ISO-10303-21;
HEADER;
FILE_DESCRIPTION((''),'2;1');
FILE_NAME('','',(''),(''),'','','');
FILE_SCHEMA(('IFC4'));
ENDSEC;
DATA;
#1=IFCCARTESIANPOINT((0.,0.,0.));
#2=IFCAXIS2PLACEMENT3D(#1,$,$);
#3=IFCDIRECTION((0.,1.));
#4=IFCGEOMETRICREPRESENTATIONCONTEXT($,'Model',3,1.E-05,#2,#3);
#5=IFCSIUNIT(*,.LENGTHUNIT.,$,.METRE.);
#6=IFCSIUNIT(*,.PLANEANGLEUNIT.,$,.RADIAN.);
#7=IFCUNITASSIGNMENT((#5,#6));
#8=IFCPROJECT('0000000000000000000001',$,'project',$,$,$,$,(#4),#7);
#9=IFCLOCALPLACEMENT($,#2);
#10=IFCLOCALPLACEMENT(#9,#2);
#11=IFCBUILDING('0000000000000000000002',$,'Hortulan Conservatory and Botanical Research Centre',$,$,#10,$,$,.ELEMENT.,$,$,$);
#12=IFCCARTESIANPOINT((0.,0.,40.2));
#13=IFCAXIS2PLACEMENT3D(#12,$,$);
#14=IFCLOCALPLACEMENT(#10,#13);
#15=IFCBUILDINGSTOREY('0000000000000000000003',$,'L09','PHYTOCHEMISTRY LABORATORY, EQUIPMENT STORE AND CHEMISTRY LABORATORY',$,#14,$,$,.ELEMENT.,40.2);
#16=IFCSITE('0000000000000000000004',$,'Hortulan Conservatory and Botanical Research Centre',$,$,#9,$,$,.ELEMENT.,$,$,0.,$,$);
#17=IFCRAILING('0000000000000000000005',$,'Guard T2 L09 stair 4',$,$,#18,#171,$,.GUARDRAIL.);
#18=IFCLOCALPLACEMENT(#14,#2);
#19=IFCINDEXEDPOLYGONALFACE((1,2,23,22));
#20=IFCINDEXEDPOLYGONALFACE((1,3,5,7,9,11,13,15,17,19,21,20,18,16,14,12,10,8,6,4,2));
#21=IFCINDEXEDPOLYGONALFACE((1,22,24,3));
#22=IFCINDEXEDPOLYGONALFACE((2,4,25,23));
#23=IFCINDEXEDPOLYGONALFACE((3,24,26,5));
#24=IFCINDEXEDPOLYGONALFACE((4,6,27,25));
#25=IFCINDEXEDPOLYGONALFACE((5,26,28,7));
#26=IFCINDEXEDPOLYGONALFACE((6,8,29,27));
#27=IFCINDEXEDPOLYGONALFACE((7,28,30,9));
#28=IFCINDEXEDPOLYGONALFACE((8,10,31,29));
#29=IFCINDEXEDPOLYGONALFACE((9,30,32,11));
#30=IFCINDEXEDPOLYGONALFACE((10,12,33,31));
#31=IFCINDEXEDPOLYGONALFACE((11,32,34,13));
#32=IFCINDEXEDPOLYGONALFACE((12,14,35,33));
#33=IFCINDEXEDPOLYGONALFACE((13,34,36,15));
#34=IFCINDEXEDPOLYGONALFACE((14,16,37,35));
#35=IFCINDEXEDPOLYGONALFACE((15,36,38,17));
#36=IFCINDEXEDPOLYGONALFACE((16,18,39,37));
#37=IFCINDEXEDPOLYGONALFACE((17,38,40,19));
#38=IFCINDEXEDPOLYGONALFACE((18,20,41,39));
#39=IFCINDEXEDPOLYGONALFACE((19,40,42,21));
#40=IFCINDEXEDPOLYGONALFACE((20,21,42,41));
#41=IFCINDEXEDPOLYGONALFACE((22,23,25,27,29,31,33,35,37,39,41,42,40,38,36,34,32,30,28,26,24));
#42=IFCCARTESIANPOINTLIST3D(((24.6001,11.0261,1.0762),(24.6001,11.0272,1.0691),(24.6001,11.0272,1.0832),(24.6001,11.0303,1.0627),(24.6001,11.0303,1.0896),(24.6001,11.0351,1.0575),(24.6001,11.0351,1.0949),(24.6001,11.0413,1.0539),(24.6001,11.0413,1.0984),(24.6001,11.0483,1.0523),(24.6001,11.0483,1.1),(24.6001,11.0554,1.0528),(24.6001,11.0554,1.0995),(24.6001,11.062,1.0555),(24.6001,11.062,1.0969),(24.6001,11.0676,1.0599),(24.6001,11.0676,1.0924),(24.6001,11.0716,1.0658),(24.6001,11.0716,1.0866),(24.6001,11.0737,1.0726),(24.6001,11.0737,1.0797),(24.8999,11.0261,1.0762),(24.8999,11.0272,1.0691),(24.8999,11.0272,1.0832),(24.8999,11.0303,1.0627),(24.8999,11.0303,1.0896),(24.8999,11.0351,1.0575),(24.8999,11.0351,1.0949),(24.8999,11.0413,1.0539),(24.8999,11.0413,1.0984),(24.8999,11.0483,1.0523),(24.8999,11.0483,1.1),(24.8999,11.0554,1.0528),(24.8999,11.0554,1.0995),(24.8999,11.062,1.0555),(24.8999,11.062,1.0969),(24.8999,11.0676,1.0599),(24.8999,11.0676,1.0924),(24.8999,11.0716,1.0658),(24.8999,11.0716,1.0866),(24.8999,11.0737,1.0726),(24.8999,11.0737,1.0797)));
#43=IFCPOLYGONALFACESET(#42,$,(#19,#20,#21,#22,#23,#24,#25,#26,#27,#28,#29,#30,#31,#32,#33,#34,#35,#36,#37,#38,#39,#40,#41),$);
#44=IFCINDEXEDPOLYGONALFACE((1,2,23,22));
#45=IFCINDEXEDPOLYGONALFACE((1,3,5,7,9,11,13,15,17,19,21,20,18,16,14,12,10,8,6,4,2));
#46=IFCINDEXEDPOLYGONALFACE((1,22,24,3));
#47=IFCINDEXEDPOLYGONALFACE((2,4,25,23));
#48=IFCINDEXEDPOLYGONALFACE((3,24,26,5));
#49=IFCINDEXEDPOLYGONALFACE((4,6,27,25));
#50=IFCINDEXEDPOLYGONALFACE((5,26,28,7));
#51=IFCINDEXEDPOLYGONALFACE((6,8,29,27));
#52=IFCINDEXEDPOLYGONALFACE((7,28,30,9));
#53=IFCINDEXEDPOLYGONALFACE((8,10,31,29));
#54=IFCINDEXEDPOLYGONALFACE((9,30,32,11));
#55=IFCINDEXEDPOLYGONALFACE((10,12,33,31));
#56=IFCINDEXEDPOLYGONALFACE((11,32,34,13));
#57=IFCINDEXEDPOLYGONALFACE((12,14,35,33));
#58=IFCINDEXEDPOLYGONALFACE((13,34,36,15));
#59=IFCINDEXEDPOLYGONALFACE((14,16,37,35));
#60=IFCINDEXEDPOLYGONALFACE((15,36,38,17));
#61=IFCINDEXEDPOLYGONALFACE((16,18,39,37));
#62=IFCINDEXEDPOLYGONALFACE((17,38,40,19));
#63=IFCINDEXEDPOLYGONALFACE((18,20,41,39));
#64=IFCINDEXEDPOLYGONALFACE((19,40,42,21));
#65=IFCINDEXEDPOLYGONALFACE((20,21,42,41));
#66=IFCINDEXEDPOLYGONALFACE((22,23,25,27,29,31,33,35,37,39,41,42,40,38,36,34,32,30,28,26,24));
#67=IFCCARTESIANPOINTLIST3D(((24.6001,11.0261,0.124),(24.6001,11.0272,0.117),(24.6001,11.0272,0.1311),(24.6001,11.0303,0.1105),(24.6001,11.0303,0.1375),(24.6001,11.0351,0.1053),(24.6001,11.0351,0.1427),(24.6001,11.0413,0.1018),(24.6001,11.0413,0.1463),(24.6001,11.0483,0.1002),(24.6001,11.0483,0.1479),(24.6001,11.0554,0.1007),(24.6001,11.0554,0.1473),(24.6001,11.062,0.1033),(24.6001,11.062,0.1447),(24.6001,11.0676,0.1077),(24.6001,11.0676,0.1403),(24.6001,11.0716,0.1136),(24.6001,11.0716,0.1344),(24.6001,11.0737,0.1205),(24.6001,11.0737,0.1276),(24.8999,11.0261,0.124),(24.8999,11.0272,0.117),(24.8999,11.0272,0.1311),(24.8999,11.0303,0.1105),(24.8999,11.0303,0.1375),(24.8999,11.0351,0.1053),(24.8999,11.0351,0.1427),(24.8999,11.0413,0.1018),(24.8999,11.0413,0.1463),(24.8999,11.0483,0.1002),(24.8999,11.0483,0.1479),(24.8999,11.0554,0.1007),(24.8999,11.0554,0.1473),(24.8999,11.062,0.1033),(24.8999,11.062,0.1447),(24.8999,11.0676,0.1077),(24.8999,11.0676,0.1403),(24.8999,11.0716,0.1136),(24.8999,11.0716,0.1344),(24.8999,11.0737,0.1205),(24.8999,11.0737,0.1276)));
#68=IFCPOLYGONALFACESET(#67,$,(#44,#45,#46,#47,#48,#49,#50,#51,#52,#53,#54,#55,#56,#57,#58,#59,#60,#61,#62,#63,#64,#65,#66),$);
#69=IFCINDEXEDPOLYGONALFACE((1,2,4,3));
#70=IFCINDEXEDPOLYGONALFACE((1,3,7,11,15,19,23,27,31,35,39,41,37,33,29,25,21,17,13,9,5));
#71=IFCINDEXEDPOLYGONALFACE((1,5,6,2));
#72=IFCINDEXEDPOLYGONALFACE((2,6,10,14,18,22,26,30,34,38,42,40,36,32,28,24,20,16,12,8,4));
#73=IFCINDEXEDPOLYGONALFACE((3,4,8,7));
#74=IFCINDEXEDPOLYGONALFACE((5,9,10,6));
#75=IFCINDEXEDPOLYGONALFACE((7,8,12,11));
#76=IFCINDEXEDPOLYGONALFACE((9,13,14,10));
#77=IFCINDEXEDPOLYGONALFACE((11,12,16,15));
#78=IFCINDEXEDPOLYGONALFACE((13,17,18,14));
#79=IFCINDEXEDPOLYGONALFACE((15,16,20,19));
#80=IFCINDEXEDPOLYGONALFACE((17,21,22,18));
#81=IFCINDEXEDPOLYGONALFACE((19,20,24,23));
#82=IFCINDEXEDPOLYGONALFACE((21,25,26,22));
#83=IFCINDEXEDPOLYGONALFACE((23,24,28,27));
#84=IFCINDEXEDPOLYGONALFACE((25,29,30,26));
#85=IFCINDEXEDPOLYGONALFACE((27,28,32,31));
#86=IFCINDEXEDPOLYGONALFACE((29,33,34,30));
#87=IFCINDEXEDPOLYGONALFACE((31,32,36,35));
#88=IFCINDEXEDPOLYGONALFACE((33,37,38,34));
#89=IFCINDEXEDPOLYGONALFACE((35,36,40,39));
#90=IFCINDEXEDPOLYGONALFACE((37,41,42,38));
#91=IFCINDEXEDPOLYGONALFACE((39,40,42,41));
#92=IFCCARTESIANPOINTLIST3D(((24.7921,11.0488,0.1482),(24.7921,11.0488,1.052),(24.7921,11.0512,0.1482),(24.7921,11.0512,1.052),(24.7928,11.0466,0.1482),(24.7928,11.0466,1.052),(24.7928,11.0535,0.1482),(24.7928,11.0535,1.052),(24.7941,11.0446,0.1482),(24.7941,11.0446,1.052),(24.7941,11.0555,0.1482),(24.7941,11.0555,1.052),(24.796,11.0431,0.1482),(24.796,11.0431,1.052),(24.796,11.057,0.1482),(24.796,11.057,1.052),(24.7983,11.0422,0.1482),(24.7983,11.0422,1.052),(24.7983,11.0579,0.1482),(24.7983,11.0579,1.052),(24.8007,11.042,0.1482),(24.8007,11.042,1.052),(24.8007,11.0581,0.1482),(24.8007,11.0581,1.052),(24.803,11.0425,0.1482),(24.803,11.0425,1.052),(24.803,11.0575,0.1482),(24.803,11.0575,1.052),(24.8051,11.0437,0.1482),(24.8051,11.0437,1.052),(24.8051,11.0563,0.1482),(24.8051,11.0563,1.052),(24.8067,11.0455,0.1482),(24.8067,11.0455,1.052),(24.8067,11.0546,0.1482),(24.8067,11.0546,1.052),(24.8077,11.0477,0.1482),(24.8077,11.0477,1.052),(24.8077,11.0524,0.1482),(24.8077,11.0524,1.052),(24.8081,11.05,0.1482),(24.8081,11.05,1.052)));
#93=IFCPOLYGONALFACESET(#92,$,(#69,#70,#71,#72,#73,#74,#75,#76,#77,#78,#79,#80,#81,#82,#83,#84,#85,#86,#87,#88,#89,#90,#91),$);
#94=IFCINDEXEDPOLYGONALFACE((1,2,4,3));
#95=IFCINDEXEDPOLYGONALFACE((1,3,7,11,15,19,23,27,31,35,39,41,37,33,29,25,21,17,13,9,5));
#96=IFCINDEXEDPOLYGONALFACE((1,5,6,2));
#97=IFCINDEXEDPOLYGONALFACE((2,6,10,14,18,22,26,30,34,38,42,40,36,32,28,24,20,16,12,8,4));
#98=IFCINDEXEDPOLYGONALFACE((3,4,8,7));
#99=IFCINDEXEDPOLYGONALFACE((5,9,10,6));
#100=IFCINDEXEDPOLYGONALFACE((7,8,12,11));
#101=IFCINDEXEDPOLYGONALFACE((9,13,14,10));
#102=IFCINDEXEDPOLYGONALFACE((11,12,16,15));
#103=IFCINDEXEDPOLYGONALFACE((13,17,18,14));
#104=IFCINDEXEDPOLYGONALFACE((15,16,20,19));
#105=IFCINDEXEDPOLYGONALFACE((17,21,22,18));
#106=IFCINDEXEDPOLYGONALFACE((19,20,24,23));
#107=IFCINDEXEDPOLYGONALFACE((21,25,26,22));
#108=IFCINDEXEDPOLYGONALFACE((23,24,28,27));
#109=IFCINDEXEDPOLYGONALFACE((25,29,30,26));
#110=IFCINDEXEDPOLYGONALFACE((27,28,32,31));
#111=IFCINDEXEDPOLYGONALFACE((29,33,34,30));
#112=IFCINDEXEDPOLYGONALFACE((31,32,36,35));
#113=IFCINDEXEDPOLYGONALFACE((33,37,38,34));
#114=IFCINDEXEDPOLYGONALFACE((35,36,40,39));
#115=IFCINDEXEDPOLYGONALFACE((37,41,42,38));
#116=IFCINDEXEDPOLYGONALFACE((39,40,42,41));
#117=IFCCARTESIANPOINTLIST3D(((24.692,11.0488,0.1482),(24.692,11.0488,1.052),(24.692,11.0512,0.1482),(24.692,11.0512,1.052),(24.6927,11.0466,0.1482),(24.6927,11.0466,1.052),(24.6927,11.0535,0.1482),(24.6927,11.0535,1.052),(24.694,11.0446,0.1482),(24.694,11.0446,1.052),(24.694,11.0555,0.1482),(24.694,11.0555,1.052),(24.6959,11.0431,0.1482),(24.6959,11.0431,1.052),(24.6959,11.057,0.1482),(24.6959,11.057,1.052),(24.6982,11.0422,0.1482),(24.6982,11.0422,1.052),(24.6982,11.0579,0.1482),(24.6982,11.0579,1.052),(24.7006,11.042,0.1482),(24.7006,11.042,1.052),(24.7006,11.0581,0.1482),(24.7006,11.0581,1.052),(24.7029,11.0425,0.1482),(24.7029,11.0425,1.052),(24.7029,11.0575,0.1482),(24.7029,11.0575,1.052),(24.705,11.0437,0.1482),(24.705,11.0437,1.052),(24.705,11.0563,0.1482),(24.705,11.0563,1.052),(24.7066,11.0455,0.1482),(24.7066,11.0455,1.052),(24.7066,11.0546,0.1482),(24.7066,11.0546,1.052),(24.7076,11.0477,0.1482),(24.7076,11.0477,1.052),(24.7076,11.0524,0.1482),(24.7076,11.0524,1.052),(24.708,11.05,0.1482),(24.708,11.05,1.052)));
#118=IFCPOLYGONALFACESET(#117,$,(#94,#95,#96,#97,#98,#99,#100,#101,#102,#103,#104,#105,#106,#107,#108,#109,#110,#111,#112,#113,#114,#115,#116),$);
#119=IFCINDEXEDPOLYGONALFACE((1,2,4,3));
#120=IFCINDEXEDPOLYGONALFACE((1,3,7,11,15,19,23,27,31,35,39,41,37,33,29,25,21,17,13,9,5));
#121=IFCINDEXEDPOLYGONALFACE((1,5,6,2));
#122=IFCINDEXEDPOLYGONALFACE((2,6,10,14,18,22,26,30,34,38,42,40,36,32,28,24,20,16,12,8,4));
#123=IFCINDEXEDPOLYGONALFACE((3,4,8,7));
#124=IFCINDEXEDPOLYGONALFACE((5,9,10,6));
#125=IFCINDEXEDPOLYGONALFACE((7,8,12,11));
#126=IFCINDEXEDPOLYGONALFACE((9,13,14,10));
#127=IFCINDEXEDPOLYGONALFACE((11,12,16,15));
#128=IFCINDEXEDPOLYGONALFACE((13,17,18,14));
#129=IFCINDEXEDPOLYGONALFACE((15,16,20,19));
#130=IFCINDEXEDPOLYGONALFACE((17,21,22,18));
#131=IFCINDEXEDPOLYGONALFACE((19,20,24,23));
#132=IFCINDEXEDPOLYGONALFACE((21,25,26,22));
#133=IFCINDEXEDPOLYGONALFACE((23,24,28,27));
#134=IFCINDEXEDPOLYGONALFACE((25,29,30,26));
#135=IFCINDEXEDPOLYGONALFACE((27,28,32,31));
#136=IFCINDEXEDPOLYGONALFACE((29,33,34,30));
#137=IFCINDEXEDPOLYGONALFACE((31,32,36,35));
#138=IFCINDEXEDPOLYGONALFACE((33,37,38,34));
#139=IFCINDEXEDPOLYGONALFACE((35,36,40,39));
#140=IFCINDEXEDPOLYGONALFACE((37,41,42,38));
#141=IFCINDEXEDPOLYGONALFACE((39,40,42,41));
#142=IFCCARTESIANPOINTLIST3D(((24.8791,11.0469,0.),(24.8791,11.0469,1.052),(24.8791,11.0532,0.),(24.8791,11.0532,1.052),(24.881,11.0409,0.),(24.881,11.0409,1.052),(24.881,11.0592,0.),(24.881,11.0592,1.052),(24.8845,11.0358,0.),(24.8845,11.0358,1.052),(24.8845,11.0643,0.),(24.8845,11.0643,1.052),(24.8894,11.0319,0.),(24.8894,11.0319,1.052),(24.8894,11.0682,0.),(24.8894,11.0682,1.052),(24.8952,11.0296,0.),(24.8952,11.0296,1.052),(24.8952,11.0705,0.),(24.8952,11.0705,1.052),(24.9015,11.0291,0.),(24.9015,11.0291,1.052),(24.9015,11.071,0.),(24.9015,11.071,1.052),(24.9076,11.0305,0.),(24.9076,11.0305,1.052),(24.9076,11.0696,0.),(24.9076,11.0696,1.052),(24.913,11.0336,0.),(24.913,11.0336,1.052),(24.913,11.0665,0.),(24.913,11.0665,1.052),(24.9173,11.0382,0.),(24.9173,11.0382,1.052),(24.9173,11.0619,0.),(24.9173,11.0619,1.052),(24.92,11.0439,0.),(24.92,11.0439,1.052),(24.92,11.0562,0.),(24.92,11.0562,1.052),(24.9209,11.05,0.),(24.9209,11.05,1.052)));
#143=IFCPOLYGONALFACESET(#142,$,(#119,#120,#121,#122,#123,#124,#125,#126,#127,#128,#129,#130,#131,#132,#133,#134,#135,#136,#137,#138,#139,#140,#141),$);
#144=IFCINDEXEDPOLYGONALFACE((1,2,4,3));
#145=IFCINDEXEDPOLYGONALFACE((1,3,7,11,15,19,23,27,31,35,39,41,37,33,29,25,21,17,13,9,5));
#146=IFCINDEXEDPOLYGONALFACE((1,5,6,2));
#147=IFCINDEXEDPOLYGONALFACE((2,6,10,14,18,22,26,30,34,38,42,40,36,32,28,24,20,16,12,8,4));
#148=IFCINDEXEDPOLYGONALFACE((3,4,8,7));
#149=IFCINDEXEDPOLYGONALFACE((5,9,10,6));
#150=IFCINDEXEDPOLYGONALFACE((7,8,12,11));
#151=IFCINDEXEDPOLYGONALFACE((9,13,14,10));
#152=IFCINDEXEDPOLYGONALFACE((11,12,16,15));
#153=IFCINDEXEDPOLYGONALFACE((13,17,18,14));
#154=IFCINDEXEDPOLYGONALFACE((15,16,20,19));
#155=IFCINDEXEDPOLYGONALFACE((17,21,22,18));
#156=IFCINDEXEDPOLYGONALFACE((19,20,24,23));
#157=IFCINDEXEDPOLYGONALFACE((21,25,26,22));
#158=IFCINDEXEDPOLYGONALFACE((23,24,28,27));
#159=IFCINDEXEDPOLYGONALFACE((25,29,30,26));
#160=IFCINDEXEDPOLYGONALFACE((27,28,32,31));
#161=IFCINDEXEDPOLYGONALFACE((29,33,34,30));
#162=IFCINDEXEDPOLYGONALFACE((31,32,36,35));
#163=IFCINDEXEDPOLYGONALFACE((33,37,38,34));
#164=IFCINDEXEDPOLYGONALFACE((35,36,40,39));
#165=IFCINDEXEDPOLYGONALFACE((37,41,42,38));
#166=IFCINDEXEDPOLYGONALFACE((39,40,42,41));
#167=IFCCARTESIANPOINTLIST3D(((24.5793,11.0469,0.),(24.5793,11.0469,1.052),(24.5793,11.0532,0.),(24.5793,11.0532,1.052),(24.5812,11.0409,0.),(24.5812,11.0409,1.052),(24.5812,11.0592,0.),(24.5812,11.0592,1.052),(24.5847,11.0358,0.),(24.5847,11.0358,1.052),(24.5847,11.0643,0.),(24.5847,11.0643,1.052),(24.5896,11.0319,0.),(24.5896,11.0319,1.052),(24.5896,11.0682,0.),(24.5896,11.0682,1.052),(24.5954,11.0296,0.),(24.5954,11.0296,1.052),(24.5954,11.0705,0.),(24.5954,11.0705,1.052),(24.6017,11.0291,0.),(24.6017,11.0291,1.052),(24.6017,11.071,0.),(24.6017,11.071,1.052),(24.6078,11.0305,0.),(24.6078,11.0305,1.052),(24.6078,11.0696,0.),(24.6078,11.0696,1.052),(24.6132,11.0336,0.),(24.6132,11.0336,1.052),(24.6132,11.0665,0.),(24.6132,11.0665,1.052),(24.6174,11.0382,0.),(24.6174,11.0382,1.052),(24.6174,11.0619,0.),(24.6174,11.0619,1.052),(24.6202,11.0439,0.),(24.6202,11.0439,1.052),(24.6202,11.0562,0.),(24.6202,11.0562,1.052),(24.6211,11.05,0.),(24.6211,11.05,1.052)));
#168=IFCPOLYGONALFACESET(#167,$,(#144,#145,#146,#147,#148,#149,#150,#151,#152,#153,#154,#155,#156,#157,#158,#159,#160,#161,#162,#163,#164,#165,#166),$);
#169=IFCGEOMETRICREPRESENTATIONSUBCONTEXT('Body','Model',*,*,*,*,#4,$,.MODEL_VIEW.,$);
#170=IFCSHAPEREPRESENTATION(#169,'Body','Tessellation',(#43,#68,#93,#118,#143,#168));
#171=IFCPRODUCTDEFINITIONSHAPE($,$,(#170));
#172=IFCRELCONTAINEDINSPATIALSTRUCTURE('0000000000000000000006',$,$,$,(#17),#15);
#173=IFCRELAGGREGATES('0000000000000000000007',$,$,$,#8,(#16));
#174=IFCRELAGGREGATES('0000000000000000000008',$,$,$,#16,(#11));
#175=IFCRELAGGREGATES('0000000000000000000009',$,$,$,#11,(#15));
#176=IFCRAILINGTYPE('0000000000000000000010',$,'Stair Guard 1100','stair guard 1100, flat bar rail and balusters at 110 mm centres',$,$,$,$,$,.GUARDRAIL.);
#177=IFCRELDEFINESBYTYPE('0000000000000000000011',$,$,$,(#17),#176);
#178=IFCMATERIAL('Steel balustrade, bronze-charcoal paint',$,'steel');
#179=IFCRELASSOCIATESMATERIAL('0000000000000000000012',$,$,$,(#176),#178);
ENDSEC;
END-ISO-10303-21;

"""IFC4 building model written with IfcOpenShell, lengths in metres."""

from ifc_helpers import new_model, si_unit, direction, frame, origin, origin_2d, place, context, subcontext, project, spatial, circle, extrude, material, type_object, element, save


model = new_model("IFC4")

# Units and contexts
model_context = context("Model", 3, precision=1e-05, world=origin(), true_north=direction((0.0, 1.0)))
body_context = subcontext(model_context, "Body", "Model", "MODEL_VIEW")
ifc_project = project(units=[si_unit("LENGTHUNIT", "METRE"), si_unit("PLANEANGLEUNIT", "RADIAN")], contexts=[model_context])

# Site, building, storey
site_placement = place(None, origin())
site = spatial("IfcSite", under=ifc_project, at=site_placement, Name="Hortulan Conservatory and Botanical Research Centre", CompositionType="ELEMENT", RefElevation=0.0)
building_placement = place(site_placement, origin())
building = spatial("IfcBuilding", under=site, at=building_placement, Name="Hortulan Conservatory and Botanical Research Centre", CompositionType="ELEMENT")
storey_placement = place(building_placement, frame((0.0, 0.0, 40.2)))
storey = spatial("IfcBuildingStorey", under=building, at=storey_placement, Name="L09", Description="PHYTOCHEMISTRY LABORATORY, EQUIPMENT STORE AND CHEMISTRY LABORATORY", CompositionType="ELEMENT", Elevation=40.2)

# Railing
ifc_material_1 = material(Name="Steel balustrade, bronze-charcoal paint", Category="steel")
railing_type_1 = type_object("IfcRailingType", Name="Stair Guard 1100", Description="stair guard 1100, flat bar rail and balusters at 110 mm centres", PredefinedType="GUARDRAIL", material=ifc_material_1)
railing_1_placement = place(storey_placement, frame((24.8999, 11.05, 0.0)))
element("IfcRailing", 1, at=railing_1_placement, inside=storey, type_object=railing_type_1, Name="Guard T2 L09 stair 4", PredefinedType="GUARDRAIL", context=body_context, shape_type="SweptSolid", body=[
    extrude(circle(Radius=0.0239, at=origin_2d()), frame((0.0, 0.0, 1.0762), z_axis=(-1.0, 0.0, 0.0), x_axis=(0.0, -1.0, 0.0)), (0.0, 0.0, 1.0), 0.2998),
    extrude(circle(Radius=0.0239, at=origin_2d()), frame((0.0, 0.0, 0.124), z_axis=(-1.0, 0.0, 0.0), x_axis=(0.0, -1.0, 0.0)), (0.0, 0.0, 1.0), 0.2998),
    extrude(circle(Radius=0.0081, at=origin_2d()), frame((-0.0999, 0.0, 0.1482)), (0.0, 0.0, 1.0), 0.9038),
    extrude(circle(Radius=0.0081, at=origin_2d()), frame((-0.2, 0.0, 0.1482)), (0.0, 0.0, 1.0), 0.9038),
    extrude(circle(Radius=0.021, at=origin_2d()), origin(), (0.0, 0.0, 1.0), 1.052),
    extrude(circle(Radius=0.021, at=origin_2d()), frame((-0.2998, 0.0, 0.0)), (0.0, 0.0, 1.0), 1.052),
])

save(model, "model.ifc")
